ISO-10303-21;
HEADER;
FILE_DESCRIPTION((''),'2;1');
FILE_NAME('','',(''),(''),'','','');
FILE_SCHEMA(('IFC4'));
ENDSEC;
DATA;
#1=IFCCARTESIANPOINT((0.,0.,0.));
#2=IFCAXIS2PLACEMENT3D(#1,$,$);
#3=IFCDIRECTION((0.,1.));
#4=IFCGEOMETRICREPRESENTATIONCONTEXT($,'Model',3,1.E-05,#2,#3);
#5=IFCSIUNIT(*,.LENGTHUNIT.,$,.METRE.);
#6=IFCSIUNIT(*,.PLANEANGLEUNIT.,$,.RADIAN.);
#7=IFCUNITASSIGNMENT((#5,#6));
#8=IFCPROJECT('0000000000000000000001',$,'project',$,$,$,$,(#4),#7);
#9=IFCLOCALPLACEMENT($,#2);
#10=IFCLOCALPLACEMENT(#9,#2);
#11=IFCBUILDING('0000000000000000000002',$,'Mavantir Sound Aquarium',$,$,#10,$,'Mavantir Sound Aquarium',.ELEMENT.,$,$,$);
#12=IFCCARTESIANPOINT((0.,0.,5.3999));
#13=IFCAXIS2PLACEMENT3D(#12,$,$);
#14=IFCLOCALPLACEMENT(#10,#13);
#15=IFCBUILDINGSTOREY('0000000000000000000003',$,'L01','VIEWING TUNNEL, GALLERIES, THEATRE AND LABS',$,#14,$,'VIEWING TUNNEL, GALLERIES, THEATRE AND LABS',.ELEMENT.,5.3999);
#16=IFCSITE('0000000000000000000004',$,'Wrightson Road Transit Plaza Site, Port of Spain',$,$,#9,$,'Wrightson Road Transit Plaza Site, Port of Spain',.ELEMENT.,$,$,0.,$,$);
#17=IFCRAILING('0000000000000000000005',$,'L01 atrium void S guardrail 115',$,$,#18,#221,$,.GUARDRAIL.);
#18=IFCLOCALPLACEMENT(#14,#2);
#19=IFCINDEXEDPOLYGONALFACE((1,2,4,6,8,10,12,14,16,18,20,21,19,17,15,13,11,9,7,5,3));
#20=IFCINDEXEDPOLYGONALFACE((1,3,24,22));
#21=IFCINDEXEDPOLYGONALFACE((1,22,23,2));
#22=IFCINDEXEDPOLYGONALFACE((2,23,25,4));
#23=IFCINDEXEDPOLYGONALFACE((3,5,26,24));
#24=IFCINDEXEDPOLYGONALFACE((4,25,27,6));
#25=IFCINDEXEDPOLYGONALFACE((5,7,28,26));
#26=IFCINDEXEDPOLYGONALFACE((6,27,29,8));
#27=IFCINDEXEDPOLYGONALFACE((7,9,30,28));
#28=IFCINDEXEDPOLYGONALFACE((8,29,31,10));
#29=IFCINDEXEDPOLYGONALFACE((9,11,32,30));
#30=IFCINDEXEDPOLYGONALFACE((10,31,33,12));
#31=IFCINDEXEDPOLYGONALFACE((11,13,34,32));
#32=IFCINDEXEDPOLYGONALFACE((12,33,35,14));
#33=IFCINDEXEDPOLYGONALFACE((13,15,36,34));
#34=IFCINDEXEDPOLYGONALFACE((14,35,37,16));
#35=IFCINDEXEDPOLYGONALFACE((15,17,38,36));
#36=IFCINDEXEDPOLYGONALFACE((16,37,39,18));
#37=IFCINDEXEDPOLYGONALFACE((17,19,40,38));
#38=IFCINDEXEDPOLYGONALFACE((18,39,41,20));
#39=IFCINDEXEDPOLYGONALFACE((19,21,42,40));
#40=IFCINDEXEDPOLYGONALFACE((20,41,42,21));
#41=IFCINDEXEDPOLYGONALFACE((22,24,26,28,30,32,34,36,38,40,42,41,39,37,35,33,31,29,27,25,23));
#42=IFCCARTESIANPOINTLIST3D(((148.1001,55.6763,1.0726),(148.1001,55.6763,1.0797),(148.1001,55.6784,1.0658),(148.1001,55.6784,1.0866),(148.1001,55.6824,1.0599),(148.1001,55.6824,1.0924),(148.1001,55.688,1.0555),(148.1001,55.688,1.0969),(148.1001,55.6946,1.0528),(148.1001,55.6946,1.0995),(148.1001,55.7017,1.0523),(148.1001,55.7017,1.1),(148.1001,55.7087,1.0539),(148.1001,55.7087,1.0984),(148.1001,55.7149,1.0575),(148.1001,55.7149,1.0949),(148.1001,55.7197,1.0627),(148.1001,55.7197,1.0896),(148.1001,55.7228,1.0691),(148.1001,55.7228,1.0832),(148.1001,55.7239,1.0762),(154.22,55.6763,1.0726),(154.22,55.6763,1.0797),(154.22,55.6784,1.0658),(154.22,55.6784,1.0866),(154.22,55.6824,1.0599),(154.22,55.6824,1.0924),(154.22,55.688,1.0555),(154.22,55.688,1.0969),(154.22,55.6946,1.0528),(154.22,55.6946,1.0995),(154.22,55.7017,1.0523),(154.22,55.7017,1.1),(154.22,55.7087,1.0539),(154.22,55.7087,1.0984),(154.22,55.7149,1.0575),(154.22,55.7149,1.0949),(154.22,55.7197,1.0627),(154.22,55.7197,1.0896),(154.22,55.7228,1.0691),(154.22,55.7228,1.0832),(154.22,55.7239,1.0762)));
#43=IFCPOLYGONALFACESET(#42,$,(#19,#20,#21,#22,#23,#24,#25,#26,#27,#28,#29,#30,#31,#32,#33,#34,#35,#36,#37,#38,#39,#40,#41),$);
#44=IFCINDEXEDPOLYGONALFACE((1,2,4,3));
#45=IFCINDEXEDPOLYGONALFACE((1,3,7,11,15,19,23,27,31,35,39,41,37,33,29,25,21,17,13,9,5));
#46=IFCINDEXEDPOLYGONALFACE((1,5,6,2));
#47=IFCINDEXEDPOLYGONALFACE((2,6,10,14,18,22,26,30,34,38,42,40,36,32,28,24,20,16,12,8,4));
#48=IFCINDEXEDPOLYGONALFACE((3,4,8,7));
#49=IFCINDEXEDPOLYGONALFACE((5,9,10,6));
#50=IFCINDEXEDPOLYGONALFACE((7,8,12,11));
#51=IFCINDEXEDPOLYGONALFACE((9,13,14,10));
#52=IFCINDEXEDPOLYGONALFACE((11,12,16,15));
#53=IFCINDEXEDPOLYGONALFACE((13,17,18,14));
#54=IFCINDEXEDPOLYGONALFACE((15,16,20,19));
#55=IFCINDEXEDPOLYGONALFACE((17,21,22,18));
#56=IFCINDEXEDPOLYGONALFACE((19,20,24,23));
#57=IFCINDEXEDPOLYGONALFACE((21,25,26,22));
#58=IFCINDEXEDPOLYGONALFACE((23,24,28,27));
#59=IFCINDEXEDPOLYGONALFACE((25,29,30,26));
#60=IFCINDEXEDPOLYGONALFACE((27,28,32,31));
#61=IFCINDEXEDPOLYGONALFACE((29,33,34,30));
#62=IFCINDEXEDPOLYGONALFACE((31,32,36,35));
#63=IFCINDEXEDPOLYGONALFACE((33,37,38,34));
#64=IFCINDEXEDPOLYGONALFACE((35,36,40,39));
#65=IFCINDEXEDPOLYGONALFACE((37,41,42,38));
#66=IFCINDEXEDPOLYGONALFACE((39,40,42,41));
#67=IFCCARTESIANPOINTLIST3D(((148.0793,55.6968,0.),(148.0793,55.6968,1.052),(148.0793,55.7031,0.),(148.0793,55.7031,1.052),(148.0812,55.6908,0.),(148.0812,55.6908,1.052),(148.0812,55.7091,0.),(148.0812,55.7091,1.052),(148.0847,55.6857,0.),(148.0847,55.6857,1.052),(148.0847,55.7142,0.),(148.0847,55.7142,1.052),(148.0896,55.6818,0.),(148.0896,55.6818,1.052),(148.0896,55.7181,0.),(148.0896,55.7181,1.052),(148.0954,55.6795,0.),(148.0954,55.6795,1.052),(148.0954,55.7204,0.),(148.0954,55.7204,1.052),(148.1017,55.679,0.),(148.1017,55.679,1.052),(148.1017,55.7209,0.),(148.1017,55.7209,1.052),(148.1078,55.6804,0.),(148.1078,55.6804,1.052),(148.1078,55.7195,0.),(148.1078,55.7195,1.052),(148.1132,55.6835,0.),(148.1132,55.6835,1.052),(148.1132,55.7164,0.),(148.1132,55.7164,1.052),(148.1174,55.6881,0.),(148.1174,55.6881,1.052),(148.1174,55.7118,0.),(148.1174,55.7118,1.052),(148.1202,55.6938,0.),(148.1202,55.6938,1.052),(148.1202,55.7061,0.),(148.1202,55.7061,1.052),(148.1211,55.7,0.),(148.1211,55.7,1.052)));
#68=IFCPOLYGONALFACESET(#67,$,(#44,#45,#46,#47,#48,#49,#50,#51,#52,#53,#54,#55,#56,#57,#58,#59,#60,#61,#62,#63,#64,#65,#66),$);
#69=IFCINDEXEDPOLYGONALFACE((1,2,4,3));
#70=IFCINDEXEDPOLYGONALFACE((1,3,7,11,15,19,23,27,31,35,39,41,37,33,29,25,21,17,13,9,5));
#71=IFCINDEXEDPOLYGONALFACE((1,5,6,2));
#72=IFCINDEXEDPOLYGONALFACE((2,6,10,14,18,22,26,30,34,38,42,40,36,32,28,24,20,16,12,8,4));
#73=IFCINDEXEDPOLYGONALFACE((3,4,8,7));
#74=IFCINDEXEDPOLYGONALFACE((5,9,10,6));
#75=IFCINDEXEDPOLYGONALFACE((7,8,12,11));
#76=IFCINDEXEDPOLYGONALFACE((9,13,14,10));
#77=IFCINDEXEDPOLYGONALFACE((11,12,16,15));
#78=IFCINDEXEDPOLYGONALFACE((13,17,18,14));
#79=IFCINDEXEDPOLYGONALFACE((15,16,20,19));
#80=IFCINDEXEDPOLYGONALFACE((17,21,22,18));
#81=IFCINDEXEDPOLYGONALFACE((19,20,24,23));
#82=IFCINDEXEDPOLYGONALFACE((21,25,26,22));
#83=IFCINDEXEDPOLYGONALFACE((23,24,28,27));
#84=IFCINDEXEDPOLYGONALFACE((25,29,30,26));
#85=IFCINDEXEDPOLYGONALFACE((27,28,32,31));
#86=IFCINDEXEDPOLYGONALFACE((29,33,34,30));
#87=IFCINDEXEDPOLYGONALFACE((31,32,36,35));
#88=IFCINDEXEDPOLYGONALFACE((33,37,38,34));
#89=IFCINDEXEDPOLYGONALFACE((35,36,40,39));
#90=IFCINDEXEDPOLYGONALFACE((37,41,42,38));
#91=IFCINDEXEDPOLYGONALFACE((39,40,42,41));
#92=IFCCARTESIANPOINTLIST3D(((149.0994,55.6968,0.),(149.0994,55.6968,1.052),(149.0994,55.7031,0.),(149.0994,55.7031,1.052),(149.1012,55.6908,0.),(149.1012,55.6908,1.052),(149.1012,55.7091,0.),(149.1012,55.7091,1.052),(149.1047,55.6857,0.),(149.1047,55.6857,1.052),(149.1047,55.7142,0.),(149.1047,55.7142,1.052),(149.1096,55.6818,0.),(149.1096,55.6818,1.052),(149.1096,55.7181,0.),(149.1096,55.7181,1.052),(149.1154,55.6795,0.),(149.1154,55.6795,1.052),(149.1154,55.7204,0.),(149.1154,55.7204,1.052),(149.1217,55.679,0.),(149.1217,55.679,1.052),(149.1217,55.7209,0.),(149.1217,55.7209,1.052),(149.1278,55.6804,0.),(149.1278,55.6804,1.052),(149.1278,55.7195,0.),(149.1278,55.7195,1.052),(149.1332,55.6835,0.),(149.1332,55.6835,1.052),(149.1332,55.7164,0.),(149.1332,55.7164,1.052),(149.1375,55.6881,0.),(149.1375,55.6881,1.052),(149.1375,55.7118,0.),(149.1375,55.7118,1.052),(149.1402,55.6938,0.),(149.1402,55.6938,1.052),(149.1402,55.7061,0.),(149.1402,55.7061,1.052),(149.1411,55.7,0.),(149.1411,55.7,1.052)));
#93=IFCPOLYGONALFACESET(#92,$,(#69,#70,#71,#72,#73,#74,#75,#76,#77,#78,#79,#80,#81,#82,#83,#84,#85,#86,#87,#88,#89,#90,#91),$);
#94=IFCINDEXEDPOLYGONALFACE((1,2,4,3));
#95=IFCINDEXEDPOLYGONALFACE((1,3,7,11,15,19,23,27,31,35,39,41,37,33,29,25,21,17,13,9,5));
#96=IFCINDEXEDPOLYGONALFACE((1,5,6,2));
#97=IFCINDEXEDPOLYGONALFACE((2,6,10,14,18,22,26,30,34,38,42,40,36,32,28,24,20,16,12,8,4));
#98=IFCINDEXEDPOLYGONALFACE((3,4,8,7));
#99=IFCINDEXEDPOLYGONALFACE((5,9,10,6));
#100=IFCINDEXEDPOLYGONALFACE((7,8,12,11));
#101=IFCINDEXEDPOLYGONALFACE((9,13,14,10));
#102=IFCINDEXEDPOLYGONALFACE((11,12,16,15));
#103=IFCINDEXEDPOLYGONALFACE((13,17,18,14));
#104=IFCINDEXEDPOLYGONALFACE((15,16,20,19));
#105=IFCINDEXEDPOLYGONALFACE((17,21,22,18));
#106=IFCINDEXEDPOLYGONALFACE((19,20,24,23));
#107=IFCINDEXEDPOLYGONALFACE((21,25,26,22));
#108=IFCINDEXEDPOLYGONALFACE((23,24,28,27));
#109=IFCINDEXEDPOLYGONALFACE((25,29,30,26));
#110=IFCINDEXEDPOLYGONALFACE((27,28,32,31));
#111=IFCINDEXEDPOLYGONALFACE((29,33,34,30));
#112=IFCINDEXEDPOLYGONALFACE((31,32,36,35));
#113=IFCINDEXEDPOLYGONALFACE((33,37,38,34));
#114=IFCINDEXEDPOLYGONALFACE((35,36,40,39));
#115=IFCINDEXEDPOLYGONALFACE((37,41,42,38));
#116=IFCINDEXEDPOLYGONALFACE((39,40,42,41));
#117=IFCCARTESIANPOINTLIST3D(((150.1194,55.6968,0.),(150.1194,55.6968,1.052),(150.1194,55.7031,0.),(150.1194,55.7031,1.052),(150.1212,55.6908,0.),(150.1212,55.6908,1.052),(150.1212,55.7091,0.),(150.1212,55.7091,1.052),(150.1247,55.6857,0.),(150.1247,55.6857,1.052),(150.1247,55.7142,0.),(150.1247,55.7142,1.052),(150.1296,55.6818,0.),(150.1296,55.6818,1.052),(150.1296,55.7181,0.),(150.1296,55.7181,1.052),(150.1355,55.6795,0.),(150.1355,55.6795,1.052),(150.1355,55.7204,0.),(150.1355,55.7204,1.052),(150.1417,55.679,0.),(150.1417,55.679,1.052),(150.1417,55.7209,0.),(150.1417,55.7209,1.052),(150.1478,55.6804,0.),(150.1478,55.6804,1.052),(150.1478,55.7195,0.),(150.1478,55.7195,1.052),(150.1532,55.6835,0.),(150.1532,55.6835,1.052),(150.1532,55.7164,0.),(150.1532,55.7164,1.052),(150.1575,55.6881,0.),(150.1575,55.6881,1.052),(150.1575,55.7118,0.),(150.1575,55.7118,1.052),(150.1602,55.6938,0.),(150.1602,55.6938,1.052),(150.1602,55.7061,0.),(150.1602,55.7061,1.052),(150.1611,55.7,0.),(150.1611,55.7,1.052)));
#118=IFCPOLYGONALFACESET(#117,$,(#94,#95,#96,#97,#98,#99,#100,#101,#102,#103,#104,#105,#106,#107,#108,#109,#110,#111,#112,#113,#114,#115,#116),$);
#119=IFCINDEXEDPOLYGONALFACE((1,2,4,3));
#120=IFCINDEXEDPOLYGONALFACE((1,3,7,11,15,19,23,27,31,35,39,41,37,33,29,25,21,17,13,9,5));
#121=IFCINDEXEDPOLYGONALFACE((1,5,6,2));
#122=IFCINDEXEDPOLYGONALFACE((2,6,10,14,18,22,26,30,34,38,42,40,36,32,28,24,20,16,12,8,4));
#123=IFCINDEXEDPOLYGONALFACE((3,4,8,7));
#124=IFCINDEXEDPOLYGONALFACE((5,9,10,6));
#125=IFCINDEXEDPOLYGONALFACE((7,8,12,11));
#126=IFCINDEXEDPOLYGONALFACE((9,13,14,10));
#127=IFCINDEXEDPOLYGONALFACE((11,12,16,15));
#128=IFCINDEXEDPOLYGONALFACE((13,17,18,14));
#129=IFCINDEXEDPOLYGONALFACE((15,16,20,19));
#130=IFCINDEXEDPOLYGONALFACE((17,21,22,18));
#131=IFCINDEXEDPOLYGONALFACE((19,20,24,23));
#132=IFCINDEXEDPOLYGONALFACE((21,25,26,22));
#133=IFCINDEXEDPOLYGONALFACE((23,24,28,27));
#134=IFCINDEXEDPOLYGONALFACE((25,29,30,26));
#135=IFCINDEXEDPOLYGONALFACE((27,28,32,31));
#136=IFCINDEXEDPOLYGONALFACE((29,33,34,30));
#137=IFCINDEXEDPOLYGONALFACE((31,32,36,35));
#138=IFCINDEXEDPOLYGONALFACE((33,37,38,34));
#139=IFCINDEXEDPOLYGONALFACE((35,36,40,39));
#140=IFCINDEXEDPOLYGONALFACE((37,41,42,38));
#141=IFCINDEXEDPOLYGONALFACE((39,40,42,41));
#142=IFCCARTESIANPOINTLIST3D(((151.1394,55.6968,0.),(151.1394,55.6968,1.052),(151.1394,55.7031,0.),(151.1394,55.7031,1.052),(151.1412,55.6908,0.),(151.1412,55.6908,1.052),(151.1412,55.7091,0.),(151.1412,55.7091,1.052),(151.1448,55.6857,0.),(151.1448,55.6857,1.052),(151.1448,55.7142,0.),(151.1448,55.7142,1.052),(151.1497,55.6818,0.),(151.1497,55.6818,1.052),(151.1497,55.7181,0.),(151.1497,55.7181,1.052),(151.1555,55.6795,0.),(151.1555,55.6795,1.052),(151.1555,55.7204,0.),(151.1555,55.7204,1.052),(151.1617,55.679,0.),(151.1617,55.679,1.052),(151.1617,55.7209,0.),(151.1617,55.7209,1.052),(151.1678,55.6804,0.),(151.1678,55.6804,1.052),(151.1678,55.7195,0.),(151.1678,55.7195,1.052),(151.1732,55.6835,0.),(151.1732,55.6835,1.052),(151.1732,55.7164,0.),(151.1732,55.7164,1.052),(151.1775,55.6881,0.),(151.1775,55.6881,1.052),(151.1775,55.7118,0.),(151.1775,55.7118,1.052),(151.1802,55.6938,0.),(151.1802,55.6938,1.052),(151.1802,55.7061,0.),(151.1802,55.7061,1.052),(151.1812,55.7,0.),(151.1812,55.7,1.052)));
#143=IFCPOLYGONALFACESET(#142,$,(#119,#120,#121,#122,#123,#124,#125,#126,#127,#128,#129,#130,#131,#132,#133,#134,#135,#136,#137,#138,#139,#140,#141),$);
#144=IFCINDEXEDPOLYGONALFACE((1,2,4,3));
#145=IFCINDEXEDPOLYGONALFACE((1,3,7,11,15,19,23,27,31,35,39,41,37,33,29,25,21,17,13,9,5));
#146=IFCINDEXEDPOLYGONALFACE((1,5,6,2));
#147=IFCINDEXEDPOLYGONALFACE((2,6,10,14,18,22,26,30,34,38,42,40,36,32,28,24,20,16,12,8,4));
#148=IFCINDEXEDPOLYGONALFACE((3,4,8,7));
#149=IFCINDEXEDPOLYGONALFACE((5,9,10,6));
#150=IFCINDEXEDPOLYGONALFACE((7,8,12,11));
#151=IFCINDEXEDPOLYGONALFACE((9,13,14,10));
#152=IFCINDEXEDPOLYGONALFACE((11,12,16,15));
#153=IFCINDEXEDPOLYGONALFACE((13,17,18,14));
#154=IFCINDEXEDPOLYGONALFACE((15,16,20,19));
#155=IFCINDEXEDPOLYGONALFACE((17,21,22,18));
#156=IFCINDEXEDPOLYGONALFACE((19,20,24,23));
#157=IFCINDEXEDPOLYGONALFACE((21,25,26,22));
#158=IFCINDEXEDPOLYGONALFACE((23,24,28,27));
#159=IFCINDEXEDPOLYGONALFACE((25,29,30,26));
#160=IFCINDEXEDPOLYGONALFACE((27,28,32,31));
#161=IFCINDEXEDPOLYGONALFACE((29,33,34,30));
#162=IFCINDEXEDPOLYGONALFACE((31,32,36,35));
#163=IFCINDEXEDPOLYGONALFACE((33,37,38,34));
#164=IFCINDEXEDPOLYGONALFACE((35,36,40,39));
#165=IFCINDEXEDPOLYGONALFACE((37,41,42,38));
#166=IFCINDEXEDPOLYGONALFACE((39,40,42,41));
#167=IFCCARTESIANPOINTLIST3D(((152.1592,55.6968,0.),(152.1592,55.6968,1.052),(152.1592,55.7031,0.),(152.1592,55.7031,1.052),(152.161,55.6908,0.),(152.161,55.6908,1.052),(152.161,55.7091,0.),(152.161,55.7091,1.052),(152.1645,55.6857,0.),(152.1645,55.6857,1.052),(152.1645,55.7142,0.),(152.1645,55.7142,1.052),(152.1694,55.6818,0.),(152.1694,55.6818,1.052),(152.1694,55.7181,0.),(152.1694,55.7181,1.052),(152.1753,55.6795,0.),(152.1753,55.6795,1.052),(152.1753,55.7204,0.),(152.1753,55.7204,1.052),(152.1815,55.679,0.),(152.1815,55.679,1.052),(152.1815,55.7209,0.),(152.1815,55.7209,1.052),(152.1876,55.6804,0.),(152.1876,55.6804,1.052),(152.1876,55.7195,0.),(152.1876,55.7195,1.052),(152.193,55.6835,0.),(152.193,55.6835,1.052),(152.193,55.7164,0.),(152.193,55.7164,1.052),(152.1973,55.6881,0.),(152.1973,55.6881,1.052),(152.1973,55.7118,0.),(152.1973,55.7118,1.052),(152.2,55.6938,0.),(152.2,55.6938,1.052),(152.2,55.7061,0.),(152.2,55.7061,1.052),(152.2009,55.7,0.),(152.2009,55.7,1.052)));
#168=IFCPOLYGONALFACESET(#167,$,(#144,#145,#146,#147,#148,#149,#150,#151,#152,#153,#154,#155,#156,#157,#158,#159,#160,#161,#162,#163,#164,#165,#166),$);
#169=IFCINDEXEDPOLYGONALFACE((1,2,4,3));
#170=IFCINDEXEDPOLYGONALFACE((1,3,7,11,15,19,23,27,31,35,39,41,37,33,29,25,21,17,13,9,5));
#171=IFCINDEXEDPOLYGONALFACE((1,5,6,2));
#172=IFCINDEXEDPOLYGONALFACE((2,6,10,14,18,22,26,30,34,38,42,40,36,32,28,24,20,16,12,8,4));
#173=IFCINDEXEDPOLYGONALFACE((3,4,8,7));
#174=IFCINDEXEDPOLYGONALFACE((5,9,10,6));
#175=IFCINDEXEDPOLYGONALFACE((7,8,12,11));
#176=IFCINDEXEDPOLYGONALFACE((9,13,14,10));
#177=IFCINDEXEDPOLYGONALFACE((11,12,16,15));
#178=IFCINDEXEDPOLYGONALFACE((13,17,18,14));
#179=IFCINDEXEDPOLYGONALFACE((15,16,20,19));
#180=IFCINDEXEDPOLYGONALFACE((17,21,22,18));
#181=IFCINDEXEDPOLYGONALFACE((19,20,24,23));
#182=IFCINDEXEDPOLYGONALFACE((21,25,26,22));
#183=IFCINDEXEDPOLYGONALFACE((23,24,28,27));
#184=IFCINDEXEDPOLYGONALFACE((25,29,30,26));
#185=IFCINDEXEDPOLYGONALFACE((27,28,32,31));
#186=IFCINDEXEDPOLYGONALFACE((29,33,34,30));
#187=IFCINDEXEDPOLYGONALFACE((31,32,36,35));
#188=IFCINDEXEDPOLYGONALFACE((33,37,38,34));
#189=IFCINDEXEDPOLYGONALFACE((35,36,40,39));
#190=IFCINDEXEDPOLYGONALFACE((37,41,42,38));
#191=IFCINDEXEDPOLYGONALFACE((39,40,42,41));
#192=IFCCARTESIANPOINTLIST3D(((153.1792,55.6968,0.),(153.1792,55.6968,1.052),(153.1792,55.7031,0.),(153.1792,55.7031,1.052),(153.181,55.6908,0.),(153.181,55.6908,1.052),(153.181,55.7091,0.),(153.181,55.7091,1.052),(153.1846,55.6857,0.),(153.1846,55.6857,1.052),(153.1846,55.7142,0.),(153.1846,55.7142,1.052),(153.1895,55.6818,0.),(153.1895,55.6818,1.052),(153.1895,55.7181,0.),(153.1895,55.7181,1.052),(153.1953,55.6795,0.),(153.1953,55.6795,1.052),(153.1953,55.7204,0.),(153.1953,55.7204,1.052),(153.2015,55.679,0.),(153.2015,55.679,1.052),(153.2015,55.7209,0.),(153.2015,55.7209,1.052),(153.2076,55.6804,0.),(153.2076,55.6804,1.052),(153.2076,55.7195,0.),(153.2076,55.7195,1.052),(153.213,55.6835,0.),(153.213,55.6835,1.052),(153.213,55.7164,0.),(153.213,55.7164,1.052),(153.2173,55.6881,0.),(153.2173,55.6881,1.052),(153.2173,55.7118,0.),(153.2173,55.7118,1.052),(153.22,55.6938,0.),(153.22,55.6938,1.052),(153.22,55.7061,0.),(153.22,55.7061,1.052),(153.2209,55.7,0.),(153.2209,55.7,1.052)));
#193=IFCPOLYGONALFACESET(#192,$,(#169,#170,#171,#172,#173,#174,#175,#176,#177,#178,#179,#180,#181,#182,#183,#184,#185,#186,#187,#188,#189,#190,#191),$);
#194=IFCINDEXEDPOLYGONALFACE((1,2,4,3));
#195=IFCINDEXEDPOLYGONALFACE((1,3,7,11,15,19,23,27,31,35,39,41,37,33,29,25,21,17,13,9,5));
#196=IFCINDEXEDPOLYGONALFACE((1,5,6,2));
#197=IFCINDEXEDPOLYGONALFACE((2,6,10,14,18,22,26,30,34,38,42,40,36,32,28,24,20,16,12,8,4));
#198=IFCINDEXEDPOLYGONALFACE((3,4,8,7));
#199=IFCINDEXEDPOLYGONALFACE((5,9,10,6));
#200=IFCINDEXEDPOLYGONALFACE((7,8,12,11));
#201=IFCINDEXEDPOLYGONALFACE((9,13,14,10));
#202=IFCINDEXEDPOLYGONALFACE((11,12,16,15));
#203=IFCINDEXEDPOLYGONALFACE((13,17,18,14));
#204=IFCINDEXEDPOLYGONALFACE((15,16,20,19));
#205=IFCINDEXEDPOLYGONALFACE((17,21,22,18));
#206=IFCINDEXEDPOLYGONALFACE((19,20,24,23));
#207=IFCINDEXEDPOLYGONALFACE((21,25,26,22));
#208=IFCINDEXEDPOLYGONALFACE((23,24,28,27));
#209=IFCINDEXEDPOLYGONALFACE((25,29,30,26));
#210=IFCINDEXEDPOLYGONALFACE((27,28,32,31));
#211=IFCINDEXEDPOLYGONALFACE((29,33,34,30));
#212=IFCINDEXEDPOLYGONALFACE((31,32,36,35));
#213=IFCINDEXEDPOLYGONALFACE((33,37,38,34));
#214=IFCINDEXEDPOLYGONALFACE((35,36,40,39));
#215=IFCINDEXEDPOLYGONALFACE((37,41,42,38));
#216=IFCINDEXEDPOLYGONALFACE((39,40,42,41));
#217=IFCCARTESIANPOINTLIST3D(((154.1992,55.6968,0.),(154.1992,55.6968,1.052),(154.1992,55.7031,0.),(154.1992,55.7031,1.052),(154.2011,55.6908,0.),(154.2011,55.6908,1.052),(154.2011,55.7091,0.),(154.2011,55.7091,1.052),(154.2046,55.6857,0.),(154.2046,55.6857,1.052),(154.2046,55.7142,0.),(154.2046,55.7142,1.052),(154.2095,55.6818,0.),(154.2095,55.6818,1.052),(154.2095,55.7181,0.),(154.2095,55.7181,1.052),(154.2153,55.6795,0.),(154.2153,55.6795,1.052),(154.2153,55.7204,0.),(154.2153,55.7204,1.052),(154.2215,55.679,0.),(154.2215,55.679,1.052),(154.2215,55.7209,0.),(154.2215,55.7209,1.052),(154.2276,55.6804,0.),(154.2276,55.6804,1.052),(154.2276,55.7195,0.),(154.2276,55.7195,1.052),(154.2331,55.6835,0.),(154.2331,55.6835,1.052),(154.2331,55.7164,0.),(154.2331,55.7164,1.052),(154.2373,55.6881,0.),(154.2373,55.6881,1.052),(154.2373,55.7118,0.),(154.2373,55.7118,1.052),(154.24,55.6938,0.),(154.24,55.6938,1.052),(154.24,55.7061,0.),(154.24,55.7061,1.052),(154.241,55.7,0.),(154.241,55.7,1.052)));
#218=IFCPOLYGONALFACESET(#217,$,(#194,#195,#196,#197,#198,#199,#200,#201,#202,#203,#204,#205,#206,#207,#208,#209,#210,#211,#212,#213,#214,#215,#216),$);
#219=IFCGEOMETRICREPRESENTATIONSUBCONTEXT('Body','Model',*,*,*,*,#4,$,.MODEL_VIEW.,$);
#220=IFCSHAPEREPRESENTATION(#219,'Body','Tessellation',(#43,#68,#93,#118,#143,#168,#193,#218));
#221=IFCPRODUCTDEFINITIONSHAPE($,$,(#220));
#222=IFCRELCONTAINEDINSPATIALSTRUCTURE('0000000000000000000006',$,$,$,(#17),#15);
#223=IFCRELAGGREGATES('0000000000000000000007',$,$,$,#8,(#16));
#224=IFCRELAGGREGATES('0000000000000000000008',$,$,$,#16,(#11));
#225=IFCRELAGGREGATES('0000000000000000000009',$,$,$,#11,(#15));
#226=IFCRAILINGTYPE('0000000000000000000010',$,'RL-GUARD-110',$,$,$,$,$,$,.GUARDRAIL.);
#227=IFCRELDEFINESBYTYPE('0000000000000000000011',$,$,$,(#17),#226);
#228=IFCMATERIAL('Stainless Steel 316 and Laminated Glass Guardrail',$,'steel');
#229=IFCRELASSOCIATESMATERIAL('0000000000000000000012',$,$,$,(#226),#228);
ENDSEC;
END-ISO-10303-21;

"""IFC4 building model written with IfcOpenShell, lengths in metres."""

from ifc_helpers import new_model, si_unit, direction, frame, origin, origin_2d, place, context, subcontext, project, spatial, circle, extrude, material, type_object, element, save


model = new_model("IFC4")

# Units and contexts
model_context = context("Model", 3, precision=1e-05, world=origin(), true_north=direction((0.0, 1.0)))
body_context = subcontext(model_context, "Body", "Model", "MODEL_VIEW")
ifc_project = project(units=[si_unit("LENGTHUNIT", "METRE"), si_unit("PLANEANGLEUNIT", "RADIAN")], contexts=[model_context])

# Site, building, storey
site_placement = place(None, origin())
site = spatial("IfcSite", under=ifc_project, at=site_placement, Name="Wrightson Road Transit Plaza Site, Port of Spain", LongName="Wrightson Road Transit Plaza Site, Port of Spain", CompositionType="ELEMENT", RefElevation=0.0)
building_placement = place(site_placement, origin())
building = spatial("IfcBuilding", under=site, at=building_placement, Name="Mavantir Sound Aquarium", LongName="Mavantir Sound Aquarium", CompositionType="ELEMENT")
storey_placement = place(building_placement, frame((0.0, 0.0, 5.3999)))
storey = spatial("IfcBuildingStorey", under=building, at=storey_placement, Name="L01", Description="VIEWING TUNNEL, GALLERIES, THEATRE AND LABS", LongName="VIEWING TUNNEL, GALLERIES, THEATRE AND LABS", CompositionType="ELEMENT", Elevation=5.3999)

# Railing
ifc_material_1 = material(Name="Stainless Steel 316 and Laminated Glass Guardrail", Category="steel")
railing_type = type_object("IfcRailingType", Name="RL-GUARD-110", PredefinedType="GUARDRAIL", material=ifc_material_1)
railing_1_placement = place(storey_placement, frame((148.1001, 55.7, 0.0)))
element("IfcRailing", 1, at=railing_1_placement, inside=storey, type_object=railing_type, Name="L01 atrium void S guardrail 115", PredefinedType="GUARDRAIL", context=body_context, shape_type="SweptSolid", body=[
    extrude(circle(Radius=0.0239, at=origin_2d()), frame((0.0, 0.0, 1.0762), z_axis=(1.0, 0.0, 0.0), x_axis=(0.0, 1.0, 0.0)), (0.0, 0.0, 1.0), 6.1199),
    extrude(circle(Radius=0.021, at=origin_2d()), origin(), (0.0, 0.0, 1.0), 1.052),
    extrude(circle(Radius=0.021, at=origin_2d()), frame((1.02, 0.0, 0.0)), (0.0, 0.0, 1.0), 1.052),
    extrude(circle(Radius=0.021, at=origin_2d()), frame((2.04, 0.0, 0.0)), (0.0, 0.0, 1.0), 1.052),
    extrude(circle(Radius=0.021, at=origin_2d()), frame((3.0601, 0.0, 0.0)), (0.0, 0.0, 1.0), 1.052),
    extrude(circle(Radius=0.021, at=origin_2d()), frame((4.0798, 0.0, 0.0)), (0.0, 0.0, 1.0), 1.052),
    extrude(circle(Radius=0.021, at=origin_2d()), frame((5.0999, 0.0, 0.0)), (0.0, 0.0, 1.0), 1.052),
    extrude(circle(Radius=0.021, at=origin_2d()), frame((6.1199, 0.0, 0.0)), (0.0, 0.0, 1.0), 1.052),
])

save(model, "model.ifc")
